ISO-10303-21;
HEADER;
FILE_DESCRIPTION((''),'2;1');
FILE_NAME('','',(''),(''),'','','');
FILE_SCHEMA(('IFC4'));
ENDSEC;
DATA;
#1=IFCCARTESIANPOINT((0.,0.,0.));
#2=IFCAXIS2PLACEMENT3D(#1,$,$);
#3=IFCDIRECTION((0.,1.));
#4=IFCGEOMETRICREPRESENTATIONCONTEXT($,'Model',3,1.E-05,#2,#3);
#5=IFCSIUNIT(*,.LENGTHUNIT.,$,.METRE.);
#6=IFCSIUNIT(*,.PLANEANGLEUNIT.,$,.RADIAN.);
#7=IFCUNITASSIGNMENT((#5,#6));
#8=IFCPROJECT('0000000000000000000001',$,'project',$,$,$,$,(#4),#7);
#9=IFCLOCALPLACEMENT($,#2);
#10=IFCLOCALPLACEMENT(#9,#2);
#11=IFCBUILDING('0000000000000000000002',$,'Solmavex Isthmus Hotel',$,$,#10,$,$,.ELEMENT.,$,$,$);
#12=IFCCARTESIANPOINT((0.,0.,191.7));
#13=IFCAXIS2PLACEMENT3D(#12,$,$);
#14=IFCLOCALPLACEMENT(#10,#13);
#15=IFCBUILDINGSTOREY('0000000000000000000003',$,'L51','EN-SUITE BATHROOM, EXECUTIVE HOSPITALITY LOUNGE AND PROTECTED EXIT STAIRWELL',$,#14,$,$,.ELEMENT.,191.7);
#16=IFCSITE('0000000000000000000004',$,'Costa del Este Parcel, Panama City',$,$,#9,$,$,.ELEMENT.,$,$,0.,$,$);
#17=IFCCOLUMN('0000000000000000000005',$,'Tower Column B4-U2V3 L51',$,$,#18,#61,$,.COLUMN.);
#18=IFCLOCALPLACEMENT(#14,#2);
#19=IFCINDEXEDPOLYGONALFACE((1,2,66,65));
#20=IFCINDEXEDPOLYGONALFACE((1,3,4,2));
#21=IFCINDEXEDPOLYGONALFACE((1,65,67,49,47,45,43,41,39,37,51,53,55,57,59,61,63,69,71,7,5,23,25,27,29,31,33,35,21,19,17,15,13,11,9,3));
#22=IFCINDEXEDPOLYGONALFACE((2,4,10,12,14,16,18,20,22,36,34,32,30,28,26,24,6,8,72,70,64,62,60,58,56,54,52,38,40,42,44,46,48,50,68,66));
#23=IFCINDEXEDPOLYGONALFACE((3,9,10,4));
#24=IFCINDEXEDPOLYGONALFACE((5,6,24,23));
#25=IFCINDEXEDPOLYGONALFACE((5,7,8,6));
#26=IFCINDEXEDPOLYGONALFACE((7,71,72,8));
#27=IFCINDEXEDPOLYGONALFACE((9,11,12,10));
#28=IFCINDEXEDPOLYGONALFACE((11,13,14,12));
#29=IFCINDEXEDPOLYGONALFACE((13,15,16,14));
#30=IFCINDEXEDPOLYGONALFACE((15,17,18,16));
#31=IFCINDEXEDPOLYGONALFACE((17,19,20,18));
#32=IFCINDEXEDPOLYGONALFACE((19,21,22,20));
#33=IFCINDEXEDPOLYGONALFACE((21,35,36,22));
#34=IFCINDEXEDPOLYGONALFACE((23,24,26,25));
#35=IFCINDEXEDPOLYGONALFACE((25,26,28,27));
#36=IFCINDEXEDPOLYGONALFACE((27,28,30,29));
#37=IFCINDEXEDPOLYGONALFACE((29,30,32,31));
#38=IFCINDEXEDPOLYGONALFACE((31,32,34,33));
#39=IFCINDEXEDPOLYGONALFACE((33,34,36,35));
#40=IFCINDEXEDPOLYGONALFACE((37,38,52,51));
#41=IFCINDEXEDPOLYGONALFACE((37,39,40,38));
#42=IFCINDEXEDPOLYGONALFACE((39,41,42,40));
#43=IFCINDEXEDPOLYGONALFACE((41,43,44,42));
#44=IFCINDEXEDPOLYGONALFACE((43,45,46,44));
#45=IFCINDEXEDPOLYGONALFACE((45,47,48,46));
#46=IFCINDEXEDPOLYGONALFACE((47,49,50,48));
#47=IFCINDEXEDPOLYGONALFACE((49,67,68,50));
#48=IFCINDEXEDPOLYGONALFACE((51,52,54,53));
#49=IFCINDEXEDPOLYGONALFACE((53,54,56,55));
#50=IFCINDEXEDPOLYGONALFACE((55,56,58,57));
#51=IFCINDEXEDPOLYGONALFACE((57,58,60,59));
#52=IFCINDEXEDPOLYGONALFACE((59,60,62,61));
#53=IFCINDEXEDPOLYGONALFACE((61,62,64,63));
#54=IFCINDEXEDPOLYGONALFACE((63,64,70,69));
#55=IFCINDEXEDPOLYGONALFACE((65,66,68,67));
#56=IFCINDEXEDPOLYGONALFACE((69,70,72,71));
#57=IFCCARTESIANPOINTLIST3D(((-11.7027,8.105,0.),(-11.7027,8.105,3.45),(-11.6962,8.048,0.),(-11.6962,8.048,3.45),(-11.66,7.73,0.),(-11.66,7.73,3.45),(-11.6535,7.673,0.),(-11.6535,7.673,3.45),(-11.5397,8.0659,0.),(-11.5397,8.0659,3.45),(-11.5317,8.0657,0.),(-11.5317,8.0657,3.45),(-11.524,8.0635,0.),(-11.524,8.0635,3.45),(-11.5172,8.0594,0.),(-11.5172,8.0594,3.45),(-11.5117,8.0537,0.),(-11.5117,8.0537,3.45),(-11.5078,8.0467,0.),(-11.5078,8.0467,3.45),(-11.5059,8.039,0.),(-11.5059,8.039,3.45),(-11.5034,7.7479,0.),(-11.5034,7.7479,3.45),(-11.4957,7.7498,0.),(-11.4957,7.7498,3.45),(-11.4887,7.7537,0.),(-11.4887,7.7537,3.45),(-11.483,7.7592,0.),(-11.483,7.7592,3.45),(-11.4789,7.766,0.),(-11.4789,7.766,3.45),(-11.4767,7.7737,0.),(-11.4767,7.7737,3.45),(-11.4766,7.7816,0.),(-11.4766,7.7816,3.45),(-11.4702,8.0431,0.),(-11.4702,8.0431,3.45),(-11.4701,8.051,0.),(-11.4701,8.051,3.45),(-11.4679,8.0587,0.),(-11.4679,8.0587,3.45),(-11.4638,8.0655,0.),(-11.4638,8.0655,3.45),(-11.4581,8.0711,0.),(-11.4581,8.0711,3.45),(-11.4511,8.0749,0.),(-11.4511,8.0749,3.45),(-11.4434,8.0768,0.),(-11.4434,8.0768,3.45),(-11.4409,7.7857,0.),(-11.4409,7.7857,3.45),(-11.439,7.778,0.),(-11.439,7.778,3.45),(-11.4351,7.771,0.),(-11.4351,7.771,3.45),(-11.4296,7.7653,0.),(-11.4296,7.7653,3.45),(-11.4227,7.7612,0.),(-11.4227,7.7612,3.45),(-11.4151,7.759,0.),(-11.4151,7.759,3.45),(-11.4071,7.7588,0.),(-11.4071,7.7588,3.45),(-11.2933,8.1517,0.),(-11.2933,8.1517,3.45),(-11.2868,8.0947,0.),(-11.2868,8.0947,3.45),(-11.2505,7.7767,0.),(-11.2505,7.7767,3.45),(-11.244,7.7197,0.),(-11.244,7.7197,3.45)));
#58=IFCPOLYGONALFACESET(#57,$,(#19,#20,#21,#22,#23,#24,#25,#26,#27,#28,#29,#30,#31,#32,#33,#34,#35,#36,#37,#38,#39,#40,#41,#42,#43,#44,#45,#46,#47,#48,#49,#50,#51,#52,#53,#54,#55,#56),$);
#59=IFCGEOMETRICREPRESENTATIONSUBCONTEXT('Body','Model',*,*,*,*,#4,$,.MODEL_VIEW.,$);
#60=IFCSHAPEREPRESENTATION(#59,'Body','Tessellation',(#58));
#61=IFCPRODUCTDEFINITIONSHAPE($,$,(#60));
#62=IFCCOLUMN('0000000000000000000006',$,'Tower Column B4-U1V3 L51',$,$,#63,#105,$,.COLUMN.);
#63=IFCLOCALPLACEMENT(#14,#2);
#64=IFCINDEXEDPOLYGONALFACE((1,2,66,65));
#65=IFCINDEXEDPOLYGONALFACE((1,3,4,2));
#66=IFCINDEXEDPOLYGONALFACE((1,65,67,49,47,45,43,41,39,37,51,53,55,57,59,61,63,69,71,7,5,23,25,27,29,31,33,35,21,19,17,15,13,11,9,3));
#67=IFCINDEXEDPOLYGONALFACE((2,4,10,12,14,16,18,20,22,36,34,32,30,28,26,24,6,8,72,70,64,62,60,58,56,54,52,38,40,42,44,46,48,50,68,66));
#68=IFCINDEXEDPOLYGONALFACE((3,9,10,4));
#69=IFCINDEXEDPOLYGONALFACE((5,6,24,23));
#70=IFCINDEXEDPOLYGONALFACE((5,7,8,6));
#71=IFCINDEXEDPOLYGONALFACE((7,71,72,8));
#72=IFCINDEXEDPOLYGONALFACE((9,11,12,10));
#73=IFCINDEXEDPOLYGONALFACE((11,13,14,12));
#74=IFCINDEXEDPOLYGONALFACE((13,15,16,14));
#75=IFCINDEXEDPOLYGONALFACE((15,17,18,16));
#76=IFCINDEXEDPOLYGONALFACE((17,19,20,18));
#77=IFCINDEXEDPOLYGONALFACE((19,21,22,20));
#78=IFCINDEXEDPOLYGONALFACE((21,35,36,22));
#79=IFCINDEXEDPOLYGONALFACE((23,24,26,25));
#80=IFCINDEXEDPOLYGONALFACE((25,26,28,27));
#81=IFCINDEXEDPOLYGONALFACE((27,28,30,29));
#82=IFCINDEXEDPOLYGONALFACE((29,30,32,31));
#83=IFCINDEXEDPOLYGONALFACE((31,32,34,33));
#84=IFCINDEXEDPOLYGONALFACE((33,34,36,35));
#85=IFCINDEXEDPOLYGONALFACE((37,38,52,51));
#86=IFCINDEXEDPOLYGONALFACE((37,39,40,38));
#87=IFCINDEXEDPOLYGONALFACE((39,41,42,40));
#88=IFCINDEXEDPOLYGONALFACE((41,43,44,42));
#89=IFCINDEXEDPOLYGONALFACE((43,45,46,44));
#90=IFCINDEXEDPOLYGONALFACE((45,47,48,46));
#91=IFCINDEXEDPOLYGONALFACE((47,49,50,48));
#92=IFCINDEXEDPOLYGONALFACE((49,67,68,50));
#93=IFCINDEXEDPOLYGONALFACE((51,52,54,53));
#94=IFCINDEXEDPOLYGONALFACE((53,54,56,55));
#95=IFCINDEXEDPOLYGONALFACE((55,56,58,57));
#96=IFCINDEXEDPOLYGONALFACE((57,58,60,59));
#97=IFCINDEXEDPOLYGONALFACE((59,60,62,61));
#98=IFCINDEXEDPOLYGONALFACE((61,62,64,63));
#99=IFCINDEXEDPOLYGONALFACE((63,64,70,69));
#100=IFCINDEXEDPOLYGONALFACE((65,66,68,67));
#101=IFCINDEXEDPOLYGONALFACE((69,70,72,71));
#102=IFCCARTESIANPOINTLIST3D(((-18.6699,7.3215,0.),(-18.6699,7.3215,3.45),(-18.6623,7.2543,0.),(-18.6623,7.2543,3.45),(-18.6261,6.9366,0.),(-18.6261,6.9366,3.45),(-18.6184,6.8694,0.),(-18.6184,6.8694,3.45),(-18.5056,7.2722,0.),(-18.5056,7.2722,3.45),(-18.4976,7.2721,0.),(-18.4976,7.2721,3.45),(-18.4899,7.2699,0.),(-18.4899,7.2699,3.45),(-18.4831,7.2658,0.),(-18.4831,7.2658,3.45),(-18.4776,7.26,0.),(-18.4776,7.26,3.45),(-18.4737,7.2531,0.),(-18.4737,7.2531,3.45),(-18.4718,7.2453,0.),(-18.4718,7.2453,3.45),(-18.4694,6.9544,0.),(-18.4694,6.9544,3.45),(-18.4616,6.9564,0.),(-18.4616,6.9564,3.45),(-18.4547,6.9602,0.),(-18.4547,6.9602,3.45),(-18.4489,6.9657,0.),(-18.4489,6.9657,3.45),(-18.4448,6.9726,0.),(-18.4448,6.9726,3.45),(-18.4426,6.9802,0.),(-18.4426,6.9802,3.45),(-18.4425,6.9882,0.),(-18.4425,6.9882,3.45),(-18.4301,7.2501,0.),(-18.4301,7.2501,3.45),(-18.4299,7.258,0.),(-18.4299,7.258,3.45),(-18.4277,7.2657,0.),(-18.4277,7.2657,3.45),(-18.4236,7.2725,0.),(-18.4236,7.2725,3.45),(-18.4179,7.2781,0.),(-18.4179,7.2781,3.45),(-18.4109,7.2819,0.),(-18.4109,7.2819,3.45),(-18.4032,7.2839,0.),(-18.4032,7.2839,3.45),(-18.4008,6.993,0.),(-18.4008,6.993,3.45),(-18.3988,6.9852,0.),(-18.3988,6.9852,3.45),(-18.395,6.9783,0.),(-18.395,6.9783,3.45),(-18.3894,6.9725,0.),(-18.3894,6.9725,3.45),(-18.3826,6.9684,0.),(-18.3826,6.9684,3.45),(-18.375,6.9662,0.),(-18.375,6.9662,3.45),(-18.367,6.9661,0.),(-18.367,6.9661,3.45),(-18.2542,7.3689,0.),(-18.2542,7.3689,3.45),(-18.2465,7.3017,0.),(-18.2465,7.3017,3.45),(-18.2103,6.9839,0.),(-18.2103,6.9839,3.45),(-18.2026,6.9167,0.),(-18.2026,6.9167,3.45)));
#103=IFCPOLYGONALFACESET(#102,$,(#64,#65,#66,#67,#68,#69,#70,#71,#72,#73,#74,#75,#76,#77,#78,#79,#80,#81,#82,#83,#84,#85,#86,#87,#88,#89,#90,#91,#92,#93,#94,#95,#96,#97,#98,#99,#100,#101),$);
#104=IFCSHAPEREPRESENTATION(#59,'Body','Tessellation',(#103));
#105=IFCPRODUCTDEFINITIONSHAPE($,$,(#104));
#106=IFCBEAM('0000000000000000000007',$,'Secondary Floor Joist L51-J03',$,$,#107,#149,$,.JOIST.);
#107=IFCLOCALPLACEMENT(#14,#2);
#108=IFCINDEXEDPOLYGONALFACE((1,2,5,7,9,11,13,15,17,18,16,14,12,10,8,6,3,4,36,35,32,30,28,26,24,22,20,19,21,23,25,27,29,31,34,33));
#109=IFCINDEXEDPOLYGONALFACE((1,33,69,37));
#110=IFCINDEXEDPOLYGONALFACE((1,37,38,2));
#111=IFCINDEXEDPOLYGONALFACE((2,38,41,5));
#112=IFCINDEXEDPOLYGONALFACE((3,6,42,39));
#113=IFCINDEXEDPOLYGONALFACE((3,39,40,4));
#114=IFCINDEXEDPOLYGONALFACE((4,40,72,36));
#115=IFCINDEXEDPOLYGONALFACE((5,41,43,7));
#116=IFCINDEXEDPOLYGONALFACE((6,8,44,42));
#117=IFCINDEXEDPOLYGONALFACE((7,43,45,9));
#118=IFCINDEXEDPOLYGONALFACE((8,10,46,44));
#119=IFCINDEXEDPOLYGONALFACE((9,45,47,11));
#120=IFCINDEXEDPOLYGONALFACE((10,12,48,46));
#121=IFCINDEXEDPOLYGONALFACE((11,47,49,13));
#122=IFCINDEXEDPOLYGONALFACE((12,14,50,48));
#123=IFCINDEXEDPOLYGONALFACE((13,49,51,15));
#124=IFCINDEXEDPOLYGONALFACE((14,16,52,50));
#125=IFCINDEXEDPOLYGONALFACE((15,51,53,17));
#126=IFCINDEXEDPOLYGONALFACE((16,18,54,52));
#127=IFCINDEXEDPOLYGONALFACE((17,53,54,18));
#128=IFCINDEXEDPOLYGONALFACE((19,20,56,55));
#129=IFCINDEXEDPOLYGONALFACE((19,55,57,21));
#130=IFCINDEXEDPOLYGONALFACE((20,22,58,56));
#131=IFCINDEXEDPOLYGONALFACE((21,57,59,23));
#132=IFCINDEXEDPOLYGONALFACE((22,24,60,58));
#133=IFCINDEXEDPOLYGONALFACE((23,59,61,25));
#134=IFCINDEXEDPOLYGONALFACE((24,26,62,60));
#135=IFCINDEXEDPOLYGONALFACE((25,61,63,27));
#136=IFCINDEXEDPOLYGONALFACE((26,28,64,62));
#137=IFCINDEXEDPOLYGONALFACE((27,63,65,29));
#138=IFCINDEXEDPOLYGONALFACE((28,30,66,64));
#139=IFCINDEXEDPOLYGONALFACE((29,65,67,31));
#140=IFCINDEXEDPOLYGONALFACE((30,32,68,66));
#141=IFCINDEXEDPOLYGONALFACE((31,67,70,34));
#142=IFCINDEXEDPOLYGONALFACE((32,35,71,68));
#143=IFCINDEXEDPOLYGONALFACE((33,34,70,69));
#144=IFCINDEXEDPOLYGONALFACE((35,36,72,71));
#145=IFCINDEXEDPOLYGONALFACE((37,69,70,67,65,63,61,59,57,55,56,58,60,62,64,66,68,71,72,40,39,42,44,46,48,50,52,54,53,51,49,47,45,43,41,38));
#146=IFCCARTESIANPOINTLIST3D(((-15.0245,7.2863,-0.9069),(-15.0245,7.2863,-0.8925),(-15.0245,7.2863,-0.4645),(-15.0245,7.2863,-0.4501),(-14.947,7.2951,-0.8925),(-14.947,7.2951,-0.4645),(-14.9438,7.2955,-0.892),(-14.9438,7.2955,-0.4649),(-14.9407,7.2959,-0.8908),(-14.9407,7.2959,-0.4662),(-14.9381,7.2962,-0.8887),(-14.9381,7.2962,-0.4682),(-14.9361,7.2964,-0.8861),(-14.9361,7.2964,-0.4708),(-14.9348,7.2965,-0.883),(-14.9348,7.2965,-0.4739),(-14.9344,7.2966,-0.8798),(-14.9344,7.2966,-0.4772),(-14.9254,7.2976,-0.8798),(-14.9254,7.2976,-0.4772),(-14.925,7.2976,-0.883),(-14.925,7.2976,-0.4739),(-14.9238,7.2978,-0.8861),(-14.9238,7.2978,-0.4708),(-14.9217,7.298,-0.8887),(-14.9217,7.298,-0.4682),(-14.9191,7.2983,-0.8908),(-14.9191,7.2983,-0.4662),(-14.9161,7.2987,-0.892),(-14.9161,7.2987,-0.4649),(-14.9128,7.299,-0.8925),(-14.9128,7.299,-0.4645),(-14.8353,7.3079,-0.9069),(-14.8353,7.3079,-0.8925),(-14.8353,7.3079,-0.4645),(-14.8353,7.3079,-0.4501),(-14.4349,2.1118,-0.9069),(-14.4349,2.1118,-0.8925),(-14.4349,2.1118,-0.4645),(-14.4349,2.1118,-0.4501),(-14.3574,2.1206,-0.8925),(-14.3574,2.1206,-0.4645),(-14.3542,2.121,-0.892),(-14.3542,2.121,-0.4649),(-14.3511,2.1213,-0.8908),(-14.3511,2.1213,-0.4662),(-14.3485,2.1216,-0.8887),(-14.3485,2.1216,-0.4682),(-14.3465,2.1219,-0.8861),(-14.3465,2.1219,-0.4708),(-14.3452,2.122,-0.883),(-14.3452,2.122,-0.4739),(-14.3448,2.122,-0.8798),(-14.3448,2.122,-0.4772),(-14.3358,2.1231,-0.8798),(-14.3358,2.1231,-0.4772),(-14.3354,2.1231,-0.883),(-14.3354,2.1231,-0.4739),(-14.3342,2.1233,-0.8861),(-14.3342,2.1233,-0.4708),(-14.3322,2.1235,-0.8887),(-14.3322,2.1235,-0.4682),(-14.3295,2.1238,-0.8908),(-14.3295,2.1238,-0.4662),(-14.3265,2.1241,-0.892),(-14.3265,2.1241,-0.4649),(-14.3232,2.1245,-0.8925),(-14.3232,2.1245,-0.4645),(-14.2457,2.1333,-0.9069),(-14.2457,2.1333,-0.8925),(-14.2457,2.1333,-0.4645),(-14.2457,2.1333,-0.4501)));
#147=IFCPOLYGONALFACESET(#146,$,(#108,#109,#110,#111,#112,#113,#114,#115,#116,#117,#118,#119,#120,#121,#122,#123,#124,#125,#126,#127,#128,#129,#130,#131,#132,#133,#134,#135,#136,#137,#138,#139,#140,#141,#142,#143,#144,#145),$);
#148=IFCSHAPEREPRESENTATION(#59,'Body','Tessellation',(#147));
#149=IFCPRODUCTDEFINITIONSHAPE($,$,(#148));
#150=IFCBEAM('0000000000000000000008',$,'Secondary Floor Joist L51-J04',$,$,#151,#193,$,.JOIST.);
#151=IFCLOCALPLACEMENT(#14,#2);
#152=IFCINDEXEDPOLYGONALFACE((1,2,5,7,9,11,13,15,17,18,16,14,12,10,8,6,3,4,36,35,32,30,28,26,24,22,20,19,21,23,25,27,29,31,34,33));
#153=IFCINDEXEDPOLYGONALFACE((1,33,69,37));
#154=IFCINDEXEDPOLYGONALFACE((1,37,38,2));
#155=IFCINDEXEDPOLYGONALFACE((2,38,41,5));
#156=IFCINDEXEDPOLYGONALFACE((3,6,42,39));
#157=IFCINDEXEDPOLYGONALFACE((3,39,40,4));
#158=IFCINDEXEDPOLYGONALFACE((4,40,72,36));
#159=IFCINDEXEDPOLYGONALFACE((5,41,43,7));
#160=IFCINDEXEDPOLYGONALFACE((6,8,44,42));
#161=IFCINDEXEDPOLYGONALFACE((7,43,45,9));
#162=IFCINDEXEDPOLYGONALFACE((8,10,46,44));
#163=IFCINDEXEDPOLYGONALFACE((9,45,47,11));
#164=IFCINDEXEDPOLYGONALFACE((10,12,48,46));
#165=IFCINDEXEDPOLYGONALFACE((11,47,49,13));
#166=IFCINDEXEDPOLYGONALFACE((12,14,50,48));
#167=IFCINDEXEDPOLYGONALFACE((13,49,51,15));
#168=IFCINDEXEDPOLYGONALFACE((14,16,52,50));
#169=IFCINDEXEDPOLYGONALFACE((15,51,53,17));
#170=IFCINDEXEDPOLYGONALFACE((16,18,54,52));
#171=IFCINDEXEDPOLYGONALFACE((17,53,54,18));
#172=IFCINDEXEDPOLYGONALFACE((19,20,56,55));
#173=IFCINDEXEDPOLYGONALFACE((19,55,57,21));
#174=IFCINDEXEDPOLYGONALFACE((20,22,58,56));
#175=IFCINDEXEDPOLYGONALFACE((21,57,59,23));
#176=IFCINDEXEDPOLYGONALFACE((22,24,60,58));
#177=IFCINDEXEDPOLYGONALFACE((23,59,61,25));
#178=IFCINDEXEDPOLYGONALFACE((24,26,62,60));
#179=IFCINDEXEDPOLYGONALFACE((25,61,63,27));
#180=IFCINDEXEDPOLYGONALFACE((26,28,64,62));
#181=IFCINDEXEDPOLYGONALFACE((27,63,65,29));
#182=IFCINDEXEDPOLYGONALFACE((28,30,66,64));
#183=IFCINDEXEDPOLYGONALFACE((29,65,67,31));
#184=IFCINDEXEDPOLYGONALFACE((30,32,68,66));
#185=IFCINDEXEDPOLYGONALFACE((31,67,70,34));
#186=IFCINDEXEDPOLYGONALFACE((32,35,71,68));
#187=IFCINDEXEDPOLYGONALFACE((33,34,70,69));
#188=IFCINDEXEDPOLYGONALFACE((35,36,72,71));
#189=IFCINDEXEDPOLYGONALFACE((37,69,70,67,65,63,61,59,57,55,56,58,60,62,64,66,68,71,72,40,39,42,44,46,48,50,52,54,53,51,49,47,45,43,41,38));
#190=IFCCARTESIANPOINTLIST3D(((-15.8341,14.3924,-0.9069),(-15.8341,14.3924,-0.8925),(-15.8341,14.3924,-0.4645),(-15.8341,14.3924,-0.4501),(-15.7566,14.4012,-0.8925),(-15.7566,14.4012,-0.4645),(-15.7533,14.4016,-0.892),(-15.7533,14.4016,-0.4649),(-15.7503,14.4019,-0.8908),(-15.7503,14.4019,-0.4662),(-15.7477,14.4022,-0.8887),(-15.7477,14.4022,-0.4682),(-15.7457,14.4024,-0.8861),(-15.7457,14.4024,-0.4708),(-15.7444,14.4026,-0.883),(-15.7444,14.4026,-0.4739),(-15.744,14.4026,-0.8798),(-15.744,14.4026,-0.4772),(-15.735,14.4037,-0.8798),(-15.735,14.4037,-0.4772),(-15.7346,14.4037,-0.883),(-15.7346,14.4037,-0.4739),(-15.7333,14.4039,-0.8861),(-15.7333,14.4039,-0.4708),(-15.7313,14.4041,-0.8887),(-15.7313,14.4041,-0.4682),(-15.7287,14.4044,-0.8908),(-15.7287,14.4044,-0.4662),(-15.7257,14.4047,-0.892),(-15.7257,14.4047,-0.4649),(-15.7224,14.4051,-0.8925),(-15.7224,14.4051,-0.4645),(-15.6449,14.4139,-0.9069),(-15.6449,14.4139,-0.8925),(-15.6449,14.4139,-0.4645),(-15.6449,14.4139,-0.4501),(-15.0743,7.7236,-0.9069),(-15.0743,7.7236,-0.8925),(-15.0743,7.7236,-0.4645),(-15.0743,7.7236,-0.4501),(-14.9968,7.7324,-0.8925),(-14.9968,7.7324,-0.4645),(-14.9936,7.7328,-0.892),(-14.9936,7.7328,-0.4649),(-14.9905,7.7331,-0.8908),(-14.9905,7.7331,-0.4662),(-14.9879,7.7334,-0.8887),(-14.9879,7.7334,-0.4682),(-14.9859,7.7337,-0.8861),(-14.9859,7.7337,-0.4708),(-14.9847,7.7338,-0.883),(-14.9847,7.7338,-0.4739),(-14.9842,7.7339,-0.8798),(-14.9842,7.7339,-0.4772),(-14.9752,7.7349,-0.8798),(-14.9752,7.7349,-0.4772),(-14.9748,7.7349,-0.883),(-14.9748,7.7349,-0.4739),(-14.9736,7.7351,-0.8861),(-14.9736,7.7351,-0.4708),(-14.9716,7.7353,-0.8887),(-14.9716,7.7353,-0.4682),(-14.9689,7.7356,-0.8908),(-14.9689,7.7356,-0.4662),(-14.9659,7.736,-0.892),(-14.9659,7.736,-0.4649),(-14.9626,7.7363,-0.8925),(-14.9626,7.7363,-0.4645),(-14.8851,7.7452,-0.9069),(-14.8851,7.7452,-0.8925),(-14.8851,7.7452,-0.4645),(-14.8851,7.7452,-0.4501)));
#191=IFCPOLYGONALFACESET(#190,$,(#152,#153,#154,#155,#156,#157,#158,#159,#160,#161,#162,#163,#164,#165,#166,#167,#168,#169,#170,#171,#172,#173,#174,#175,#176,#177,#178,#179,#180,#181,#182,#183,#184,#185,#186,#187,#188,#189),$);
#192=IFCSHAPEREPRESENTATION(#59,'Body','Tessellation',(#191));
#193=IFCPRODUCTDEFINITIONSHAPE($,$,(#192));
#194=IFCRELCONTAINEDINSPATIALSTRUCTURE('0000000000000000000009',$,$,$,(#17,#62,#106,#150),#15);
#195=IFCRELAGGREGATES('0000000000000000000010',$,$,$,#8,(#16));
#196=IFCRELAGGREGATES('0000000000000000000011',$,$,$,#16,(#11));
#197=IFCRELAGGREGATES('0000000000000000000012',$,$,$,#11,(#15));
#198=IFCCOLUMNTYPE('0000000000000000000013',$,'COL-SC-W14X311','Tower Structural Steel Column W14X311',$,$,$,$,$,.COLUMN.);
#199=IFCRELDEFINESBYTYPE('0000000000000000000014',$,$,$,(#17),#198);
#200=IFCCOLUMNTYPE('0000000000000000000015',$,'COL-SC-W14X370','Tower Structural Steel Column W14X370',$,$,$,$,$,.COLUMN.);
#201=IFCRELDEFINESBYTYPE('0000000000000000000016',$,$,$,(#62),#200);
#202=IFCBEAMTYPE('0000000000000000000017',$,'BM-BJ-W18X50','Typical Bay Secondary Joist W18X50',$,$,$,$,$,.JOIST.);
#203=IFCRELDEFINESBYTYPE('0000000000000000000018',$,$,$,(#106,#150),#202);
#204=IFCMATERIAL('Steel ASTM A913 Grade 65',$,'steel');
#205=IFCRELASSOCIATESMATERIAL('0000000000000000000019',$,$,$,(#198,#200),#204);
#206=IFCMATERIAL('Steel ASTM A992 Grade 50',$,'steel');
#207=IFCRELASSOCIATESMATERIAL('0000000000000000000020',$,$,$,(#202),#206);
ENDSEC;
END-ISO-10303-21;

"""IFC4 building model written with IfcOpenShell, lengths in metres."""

from ifc_helpers import new_model, si_unit, direction, frame, origin, origin_2d, place, context, subcontext, project, spatial, i_section, extrude, material, material_profile, profile_set, type_object, element, save


model = new_model("IFC4")

# Units and contexts
model_context = context("Model", 3, precision=1e-05, world=origin(), true_north=direction((0.0, 1.0)))
body_context = subcontext(model_context, "Body", "Model", "MODEL_VIEW")
ifc_project = project(units=[si_unit("LENGTHUNIT", "METRE"), si_unit("PLANEANGLEUNIT", "RADIAN")], contexts=[model_context])

# Site, building, storey
site_placement = place(None, origin())
site = spatial("IfcSite", under=ifc_project, at=site_placement, Name="Costa del Este Parcel, Panama City", CompositionType="ELEMENT", RefElevation=0.0)
building_placement = place(site_placement, origin())
building = spatial("IfcBuilding", under=site, at=building_placement, Name="Solmavex Isthmus Hotel", CompositionType="ELEMENT")
storey_placement = place(building_placement, frame((0.0, 0.0, 191.7)))
storey = spatial("IfcBuildingStorey", under=building, at=storey_placement, Name="L51", Description="EN-SUITE BATHROOM, EXECUTIVE HOSPITALITY LOUNGE AND PROTECTED EXIT STAIRWELL", CompositionType="ELEMENT", Elevation=191.7)

# Columns
ifc_material_1 = material(Name="Steel ASTM A913 Grade 65", Category="steel")
ifc_material_profile_1 = material_profile(ifc_material_1, i_section(OverallWidth=0.4121, OverallDepth=0.4348, WebThickness=0.0359, FlangeThickness=0.0574, FilletRadius=0.0305, at=origin_2d()), Name="W14X311")
ifc_profile_set_1 = profile_set([ifc_material_profile_1], Name="Steel ASTM A913 Grade 65")
column_type_1 = type_object("IfcColumnType", Name="COL-SC-W14X311", Description="Tower Structural Steel Column W14X311", PredefinedType="COLUMN", material=ifc_profile_set_1)
column_1_placement = place(storey_placement, frame((-11.4734, 7.9124, 0.0), z_axis=(0.0, 0.0, 1.0), x_axis=(0.993572, 0.113203, 0.0)))
element("IfcColumn", 1, at=column_1_placement, inside=storey, type_object=column_type_1, Name="Tower Column B4-U2V3 L51", PredefinedType="COLUMN", context=body_context, shape_type="SweptSolid", body=[
    extrude(i_section(OverallWidth=0.4121, OverallDepth=0.4348, WebThickness=0.0359, FlangeThickness=0.0574, FilletRadius=0.0305, at=origin_2d()), origin(), (0.0, 0.0, 1.0), 3.45),
])
ifc_material_profile_2 = material_profile(ifc_material_1, i_section(OverallWidth=0.4185, OverallDepth=0.4551, WebThickness=0.042, FlangeThickness=0.0676, FilletRadius=0.0305, at=origin_2d()), Name="W14X370")
ifc_profile_set_2 = profile_set([ifc_material_profile_2], Name="Steel ASTM A913 Grade 65")
column_type_2 = type_object("IfcColumnType", Name="COL-SC-W14X370", Description="Tower Structural Steel Column W14X370", PredefinedType="COLUMN", material=ifc_profile_set_2)
column_2_placement = place(storey_placement, frame((-18.4363, 7.1191, 0.0), z_axis=(0.0, 0.0, 1.0), x_axis=(0.993572, 0.113203, 0.0)))
element("IfcColumn", 2, at=column_2_placement, inside=storey, type_object=column_type_2, Name="Tower Column B4-U1V3 L51", PredefinedType="COLUMN", context=body_context, shape_type="SweptSolid", body=[
    extrude(i_section(OverallWidth=0.4185, OverallDepth=0.4551, WebThickness=0.042, FlangeThickness=0.0676, FilletRadius=0.0305, at=origin_2d()), origin(), (0.0, 0.0, 1.0), 3.45),
])

# Beams
ifc_material_2 = material(Name="Steel ASTM A992 Grade 50", Category="steel")
ifc_material_profile_3 = material_profile(ifc_material_2, i_section(OverallWidth=0.1904, OverallDepth=0.4568, WebThickness=0.009, FlangeThickness=0.0144, FilletRadius=0.0127, at=origin_2d()), Name="W18X50")
ifc_profile_set_3 = profile_set([ifc_material_profile_3], Name="Steel ASTM A992 Grade 50")
beam_type_1 = type_object("IfcBeamType", Name="BM-BJ-W18X50", Description="Typical Bay Secondary Joist W18X50", PredefinedType="JOIST", material=ifc_profile_set_3)
beam_1_placement = place(storey_placement, frame((-14.3403, 2.1226, -0.6785), z_axis=(-0.113209, 0.993571, 0.0), x_axis=(-0.993571, -0.113209, 0.0)))
element("IfcBeam", 3, at=beam_1_placement, inside=storey, type_object=beam_type_1, Name="Secondary Floor Joist L51-J03", PredefinedType="JOIST", context=body_context, shape_type="SweptSolid", body=[
    extrude(i_section(OverallWidth=0.1904, OverallDepth=0.4568, WebThickness=0.009, FlangeThickness=0.0144, FilletRadius=0.0127, at=origin_2d()), origin(), (0.0, 0.0, 1.0), 5.208),
])
beam_2_placement = place(storey_placement, frame((-14.9797, 7.7344, -0.6785), z_axis=(-0.113198, 0.993572, 0.0), x_axis=(-0.993572, -0.113198, 0.0)))
element("IfcBeam", 4, at=beam_2_placement, inside=storey, type_object=beam_type_1, Name="Secondary Floor Joist L51-J04", PredefinedType="JOIST", context=body_context, shape_type="SweptSolid", body=[
    extrude(i_section(OverallWidth=0.1904, OverallDepth=0.4568, WebThickness=0.009, FlangeThickness=0.0144, FilletRadius=0.0127, at=origin_2d()), origin(), (0.0, 0.0, 1.0), 6.7119),
])

save(model, "model.ifc")
